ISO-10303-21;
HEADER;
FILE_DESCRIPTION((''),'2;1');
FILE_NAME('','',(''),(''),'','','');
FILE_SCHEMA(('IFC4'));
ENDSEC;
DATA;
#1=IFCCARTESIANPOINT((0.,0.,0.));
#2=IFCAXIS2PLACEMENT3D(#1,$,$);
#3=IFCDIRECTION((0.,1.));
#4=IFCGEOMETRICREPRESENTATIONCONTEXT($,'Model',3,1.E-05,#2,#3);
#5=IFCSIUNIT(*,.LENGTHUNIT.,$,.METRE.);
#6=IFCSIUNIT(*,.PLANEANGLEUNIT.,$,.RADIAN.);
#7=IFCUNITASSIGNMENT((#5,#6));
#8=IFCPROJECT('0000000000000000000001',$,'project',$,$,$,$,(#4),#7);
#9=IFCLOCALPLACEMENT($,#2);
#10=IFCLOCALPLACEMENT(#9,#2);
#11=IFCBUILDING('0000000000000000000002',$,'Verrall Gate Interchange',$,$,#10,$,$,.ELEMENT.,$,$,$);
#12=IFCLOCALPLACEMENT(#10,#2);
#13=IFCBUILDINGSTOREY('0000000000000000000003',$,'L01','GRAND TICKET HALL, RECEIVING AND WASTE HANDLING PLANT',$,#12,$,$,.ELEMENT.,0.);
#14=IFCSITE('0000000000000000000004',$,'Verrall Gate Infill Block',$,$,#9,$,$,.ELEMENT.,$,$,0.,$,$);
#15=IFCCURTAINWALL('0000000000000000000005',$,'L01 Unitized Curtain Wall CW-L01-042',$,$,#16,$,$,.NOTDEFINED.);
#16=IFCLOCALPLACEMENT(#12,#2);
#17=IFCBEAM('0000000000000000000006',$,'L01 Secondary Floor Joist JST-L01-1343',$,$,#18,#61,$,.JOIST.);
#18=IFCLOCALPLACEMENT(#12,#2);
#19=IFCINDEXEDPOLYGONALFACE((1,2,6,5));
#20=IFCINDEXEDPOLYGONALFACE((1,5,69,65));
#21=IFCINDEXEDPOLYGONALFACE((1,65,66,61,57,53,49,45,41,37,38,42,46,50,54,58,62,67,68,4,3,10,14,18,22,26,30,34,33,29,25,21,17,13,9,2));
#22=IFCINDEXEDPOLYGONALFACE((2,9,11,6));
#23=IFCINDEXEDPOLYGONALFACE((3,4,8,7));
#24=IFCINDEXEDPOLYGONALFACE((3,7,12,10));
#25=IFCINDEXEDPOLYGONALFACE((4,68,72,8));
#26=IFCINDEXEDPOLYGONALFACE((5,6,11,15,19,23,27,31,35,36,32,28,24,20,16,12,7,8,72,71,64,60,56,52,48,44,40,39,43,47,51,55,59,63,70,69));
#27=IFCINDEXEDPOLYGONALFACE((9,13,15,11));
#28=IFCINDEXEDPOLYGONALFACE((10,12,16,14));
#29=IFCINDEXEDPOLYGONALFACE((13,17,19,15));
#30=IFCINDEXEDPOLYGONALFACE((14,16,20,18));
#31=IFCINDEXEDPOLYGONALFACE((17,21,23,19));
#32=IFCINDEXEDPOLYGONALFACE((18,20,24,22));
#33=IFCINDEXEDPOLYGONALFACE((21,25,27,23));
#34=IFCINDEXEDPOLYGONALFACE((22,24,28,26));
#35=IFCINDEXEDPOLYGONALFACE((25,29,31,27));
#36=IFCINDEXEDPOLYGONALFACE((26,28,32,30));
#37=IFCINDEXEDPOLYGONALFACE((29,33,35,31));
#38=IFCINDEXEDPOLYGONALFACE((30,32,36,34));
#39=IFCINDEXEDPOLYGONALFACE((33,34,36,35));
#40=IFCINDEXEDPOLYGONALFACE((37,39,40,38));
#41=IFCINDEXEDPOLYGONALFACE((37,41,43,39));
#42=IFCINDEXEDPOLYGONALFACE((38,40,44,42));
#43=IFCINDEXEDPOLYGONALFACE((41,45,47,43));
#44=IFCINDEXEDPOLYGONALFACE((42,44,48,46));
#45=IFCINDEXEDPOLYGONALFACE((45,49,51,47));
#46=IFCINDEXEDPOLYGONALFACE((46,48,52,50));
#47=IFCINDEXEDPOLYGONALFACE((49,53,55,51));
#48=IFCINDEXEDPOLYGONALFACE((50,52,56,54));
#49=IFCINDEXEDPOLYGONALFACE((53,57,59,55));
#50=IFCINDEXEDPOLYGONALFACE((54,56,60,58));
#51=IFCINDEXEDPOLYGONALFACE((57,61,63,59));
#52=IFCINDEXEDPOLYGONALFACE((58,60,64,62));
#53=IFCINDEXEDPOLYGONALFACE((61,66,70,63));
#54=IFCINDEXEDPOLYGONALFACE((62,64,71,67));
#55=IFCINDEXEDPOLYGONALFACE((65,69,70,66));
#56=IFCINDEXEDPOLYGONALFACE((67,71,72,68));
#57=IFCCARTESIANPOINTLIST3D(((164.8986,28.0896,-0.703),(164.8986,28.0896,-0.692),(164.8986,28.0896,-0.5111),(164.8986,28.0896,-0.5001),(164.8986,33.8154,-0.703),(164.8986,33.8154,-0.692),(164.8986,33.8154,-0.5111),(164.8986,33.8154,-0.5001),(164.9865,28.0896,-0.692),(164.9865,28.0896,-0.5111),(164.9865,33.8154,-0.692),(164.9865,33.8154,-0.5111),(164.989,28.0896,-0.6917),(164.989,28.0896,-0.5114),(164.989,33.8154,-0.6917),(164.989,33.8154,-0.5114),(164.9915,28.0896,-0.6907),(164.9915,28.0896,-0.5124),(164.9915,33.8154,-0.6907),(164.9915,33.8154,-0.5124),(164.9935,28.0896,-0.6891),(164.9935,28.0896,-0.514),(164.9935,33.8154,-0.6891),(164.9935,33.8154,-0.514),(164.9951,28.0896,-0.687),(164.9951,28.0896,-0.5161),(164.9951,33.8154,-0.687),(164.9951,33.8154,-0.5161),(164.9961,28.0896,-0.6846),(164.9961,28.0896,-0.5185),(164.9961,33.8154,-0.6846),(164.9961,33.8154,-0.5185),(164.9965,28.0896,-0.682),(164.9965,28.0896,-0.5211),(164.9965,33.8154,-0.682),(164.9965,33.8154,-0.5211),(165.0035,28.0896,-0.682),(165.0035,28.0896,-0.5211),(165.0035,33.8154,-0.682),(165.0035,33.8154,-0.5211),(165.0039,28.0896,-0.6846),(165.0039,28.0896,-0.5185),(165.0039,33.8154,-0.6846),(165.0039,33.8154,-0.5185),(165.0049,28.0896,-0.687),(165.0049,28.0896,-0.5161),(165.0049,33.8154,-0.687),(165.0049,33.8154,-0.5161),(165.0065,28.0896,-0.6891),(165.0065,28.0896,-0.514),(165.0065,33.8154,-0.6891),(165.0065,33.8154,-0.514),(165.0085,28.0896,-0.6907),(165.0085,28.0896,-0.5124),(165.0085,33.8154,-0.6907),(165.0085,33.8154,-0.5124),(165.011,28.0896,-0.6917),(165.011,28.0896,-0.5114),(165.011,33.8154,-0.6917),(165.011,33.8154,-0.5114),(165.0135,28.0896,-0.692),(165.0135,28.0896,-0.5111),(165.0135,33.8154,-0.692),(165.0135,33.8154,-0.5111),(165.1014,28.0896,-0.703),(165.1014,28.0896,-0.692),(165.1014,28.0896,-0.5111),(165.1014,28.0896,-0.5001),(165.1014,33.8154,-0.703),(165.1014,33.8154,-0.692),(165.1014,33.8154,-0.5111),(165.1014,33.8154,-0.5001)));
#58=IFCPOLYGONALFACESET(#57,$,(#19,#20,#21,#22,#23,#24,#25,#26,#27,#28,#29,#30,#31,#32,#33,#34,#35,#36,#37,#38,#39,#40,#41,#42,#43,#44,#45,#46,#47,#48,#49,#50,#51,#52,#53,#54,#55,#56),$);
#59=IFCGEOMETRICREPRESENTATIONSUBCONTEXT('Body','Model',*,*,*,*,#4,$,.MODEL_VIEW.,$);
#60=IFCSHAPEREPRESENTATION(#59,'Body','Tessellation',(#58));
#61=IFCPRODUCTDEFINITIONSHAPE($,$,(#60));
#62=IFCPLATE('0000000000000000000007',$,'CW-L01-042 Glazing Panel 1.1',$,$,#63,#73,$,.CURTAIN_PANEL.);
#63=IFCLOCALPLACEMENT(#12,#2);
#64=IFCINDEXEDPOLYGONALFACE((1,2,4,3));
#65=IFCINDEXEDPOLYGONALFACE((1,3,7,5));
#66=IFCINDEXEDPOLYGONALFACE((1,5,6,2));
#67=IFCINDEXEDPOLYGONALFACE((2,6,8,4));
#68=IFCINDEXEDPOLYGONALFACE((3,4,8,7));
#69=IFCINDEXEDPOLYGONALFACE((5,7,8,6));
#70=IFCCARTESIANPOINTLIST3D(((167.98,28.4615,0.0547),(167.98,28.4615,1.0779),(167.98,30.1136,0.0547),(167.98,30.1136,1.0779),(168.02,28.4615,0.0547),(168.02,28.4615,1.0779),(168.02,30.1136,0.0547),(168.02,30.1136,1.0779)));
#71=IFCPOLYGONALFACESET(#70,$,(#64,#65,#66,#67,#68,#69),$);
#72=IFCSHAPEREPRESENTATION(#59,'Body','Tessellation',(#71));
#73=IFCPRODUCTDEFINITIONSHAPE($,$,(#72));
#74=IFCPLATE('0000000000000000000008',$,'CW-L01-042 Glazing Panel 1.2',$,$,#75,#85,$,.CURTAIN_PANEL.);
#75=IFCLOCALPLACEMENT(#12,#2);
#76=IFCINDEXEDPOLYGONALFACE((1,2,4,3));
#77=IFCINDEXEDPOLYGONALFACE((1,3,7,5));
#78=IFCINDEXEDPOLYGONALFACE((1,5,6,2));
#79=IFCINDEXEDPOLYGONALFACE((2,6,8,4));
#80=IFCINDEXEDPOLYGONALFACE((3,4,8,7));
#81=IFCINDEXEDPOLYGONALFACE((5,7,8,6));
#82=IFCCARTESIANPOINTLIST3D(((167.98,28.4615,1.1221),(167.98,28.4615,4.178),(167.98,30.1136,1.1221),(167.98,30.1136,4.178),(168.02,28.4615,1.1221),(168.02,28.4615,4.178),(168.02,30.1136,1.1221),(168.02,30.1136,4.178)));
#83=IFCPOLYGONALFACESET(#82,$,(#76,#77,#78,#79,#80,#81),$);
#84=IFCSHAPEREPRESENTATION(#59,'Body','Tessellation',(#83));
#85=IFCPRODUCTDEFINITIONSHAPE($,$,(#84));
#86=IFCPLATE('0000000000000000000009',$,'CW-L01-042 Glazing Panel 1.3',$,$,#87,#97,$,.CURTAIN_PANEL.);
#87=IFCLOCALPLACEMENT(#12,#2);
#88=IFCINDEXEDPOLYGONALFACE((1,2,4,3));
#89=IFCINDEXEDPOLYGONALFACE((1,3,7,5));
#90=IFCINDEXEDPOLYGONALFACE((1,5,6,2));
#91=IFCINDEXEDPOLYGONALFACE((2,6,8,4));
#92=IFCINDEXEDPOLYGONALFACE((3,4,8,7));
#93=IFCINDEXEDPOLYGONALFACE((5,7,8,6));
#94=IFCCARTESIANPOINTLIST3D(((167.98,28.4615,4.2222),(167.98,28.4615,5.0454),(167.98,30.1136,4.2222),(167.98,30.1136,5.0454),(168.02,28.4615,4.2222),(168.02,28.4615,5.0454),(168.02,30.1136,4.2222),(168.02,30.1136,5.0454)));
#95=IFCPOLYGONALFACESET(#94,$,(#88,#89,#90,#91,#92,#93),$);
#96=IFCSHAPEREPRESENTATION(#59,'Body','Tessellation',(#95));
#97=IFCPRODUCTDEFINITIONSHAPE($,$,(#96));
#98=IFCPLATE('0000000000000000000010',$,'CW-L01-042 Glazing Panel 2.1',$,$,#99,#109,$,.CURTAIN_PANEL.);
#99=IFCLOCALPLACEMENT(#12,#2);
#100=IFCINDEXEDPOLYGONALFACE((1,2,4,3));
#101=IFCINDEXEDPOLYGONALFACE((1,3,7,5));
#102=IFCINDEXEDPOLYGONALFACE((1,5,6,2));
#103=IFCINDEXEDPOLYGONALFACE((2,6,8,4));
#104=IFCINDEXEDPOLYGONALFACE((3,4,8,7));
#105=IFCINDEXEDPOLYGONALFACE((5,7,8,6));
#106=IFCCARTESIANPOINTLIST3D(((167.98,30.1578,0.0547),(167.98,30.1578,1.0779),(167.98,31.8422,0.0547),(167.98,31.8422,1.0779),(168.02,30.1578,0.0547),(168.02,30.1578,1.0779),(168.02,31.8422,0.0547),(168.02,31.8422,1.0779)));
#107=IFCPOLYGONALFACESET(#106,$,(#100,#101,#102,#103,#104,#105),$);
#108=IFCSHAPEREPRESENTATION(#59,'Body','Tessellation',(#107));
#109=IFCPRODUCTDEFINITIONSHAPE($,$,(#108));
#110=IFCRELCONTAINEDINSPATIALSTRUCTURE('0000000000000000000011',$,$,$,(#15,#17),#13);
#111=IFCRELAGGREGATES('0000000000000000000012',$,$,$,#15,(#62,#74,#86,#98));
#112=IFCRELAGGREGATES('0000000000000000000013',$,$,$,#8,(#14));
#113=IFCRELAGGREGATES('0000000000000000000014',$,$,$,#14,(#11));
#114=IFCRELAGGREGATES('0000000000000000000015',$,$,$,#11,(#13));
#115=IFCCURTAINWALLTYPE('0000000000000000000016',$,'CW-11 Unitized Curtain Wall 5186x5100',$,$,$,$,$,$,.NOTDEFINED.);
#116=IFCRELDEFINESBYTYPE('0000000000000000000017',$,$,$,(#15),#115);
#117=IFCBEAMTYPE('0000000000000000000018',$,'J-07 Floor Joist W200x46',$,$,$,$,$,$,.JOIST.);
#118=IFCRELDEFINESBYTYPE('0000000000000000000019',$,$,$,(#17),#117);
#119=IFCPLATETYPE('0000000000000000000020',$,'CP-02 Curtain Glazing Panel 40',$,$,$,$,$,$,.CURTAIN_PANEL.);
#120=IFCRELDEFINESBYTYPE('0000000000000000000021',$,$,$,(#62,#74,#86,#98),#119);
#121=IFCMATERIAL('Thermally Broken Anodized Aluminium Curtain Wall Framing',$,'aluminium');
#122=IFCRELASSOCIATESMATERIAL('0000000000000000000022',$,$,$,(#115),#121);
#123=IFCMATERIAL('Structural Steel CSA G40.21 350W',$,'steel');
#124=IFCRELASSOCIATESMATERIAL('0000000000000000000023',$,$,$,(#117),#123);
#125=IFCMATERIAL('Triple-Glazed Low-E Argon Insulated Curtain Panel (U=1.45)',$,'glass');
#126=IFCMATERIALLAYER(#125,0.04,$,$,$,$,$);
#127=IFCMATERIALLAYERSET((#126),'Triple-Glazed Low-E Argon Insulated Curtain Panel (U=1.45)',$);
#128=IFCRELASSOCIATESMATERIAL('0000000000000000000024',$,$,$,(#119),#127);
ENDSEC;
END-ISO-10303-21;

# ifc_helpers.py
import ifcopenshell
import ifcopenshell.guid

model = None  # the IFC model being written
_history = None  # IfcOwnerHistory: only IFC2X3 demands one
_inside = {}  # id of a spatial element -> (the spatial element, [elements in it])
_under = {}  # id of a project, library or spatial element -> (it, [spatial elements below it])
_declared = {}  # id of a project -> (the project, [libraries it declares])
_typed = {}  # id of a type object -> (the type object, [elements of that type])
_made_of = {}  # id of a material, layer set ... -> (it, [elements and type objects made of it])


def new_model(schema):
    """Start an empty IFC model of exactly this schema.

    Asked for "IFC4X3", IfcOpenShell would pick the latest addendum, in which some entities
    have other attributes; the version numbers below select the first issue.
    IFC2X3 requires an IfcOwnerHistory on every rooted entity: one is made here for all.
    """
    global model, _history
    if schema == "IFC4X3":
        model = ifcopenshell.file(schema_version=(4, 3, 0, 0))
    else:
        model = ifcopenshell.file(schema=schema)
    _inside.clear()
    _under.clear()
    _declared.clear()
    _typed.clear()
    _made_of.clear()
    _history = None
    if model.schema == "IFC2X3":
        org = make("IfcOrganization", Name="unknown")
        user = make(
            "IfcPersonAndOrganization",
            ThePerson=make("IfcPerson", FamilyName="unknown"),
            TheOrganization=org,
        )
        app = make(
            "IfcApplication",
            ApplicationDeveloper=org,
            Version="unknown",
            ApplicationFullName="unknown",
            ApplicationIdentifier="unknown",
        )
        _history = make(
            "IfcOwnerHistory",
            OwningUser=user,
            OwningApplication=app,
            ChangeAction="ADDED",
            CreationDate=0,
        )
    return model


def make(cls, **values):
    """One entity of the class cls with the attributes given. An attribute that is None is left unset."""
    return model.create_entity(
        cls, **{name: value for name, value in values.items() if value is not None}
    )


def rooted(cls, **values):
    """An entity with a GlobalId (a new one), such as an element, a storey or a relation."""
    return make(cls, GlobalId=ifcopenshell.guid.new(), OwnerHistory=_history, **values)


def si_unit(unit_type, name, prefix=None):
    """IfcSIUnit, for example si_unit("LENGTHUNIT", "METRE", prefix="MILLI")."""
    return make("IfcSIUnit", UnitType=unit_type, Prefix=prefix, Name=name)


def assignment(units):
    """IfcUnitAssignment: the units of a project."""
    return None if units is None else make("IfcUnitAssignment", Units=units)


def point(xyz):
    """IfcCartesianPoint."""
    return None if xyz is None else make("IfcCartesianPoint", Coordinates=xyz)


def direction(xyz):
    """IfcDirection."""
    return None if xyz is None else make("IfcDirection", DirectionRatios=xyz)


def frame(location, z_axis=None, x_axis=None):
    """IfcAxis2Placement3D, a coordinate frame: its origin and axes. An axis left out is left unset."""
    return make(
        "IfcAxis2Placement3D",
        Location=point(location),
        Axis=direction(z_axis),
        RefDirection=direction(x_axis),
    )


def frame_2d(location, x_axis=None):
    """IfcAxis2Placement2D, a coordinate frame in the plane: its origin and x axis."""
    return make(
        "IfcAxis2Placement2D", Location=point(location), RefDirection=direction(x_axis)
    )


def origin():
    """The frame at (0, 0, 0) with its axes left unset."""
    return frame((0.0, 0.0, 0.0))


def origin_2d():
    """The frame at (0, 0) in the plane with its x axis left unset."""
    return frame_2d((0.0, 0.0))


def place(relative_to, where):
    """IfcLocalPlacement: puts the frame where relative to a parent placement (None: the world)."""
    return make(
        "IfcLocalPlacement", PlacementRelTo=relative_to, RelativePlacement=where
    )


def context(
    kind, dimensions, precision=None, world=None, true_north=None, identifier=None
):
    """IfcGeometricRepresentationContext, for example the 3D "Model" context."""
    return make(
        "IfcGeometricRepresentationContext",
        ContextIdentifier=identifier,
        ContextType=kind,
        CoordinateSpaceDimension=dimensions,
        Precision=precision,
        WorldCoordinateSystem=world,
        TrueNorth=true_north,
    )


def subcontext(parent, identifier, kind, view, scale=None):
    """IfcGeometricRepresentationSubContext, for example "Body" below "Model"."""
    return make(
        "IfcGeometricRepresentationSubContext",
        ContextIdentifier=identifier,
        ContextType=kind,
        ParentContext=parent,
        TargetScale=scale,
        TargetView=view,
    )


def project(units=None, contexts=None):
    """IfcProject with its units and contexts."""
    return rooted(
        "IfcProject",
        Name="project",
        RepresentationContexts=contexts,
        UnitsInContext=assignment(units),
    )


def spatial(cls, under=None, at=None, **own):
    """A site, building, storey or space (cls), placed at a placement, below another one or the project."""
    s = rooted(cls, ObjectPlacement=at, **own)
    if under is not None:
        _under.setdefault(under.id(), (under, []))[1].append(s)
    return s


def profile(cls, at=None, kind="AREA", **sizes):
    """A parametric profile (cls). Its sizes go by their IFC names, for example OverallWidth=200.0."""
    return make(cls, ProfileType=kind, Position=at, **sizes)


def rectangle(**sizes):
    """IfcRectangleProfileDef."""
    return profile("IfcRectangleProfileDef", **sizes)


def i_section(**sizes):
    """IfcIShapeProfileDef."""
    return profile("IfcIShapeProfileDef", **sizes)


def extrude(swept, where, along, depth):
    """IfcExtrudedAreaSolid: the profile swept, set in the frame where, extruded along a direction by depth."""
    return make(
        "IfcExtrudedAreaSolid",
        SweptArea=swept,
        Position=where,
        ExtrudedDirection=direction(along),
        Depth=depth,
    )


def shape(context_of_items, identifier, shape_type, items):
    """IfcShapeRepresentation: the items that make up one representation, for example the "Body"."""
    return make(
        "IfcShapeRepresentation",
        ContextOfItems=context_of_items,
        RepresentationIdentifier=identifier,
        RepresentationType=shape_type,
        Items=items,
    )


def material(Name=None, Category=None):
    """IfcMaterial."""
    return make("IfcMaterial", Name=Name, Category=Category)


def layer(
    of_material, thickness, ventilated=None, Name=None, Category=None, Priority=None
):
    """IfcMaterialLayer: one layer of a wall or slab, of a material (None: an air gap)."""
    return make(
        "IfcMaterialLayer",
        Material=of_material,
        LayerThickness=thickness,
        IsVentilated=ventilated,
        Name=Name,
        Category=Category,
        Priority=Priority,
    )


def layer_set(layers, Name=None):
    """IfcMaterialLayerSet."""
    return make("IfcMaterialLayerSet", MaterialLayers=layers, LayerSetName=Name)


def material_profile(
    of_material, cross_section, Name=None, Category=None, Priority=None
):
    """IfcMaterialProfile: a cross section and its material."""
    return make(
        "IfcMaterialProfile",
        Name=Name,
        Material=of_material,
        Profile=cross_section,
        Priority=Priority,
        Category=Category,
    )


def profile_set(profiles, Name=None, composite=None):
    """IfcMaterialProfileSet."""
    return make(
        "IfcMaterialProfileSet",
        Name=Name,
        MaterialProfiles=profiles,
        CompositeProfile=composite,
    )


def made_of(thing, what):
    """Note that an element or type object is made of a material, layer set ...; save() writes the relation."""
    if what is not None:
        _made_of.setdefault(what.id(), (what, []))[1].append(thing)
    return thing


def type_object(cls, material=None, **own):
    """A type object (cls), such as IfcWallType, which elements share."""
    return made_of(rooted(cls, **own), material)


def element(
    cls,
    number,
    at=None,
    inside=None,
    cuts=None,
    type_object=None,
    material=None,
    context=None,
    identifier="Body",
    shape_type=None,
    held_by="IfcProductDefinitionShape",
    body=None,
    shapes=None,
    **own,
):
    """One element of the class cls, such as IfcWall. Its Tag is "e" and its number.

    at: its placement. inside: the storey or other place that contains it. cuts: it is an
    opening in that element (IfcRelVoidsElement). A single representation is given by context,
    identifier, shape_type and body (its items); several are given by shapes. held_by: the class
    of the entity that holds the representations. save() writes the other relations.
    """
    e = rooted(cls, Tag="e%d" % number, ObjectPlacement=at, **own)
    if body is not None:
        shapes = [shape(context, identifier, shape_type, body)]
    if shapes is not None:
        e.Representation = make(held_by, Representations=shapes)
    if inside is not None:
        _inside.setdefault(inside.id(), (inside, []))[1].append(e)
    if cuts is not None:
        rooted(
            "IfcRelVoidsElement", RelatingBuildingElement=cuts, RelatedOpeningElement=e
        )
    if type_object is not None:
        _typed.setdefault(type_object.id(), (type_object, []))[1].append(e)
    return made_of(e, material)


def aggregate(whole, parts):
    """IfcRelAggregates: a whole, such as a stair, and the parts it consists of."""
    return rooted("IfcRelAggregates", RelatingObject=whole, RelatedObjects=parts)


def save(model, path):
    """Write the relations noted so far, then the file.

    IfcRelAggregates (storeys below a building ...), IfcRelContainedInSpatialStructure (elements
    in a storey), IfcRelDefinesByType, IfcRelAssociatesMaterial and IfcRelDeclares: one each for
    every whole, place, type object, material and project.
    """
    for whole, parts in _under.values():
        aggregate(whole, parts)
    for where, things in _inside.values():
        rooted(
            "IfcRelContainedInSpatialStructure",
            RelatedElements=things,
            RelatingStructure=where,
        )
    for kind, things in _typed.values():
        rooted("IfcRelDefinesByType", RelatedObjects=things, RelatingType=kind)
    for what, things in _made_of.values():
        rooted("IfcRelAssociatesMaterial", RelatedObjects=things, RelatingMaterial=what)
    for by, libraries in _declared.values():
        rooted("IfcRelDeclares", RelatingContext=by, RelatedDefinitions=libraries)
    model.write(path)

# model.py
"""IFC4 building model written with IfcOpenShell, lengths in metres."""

from ifc_helpers import new_model, si_unit, direction, frame, origin, origin_2d, place, context, subcontext, project, spatial, rectangle, i_section, extrude, material, layer, layer_set, material_profile, profile_set, type_object, element, aggregate, save


model = new_model("IFC4")

# Units and contexts
model_context = context("Model", 3, precision=1e-05, world=origin(), true_north=direction((0.0, 1.0)))
body_context = subcontext(model_context, "Body", "Model", "MODEL_VIEW")
ifc_project = project(units=[si_unit("LENGTHUNIT", "METRE"), si_unit("PLANEANGLEUNIT", "RADIAN")], contexts=[model_context])

# Site, building, storey
site_placement = place(None, origin())
site = spatial("IfcSite", under=ifc_project, at=site_placement, Name="Verrall Gate Infill Block", CompositionType="ELEMENT", RefElevation=0.0)
building_placement = place(site_placement, origin())
building = spatial("IfcBuilding", under=site, at=building_placement, Name="Verrall Gate Interchange", CompositionType="ELEMENT")
storey_placement = place(building_placement, origin())
storey = spatial("IfcBuildingStorey", under=building, at=storey_placement, Name="L01", Description="GRAND TICKET HALL, RECEIVING AND WASTE HANDLING PLANT", CompositionType="ELEMENT", Elevation=0.0)

# Curtain wall
ifc_material_1 = material(Name="Thermally Broken Anodized Aluminium Curtain Wall Framing", Category="aluminium")
curtain_wall_type = type_object("IfcCurtainWallType", Name="CW-11 Unitized Curtain Wall 5186x5100", PredefinedType="NOTDEFINED", material=ifc_material_1)
curtain_wall_placement = place(storey_placement, origin())
curtain_wall = element("IfcCurtainWall", 1, at=curtain_wall_placement, inside=storey, type_object=curtain_wall_type, Name="L01 Unitized Curtain Wall CW-L01-042", PredefinedType="NOTDEFINED")

# Beam
ifc_material_2 = material(Name="Structural Steel CSA G40.21 350W", Category="steel")
ifc_material_profile_1 = material_profile(ifc_material_2, i_section(OverallWidth=0.2029, OverallDepth=0.2029, WebThickness=0.0071, FlangeThickness=0.011, FilletRadius=0.01, at=origin_2d()), Name="W200x46")
ifc_profile_set_1 = profile_set([ifc_material_profile_1], Name="Structural Steel CSA G40.21 350W")
beam_type_1 = type_object("IfcBeamType", Name="J-07 Floor Joist W200x46", PredefinedType="JOIST", material=ifc_profile_set_1)
beam_1_placement = place(storey_placement, frame((165.0, 28.0896, -0.6016), z_axis=(0.0, 1.0, 0.0), x_axis=(-1.0, 0.0, 0.0)))
element("IfcBeam", 2, at=beam_1_placement, inside=storey, type_object=beam_type_1, Name="L01 Secondary Floor Joist JST-L01-1343", PredefinedType="JOIST", context=body_context, shape_type="SweptSolid", body=[
    extrude(i_section(OverallWidth=0.2029, OverallDepth=0.2029, WebThickness=0.0071, FlangeThickness=0.011, FilletRadius=0.01, at=origin_2d()), origin(), (0.0, 0.0, 1.0), 5.7258),
])

# Plates
ifc_material_3 = material(Name="Triple-Glazed Low-E Argon Insulated Curtain Panel (U=1.45)", Category="glass")
ifc_layer = layer(ifc_material_3, 0.04)
ifc_layer_set = layer_set([ifc_layer], Name="Triple-Glazed Low-E Argon Insulated Curtain Panel (U=1.45)")
plate_type = type_object("IfcPlateType", Name="CP-02 Curtain Glazing Panel 40", PredefinedType="CURTAIN_PANEL", material=ifc_layer_set)
plate_1_placement = place(storey_placement, frame((168.0, 29.2876, 0.0547), z_axis=(0.0, 0.0, 1.0), x_axis=(0.0, 1.0, 0.0)))
plate_1 = element("IfcPlate", 3, at=plate_1_placement, type_object=plate_type, Name="CW-L01-042 Glazing Panel 1.1", PredefinedType="CURTAIN_PANEL", context=body_context, shape_type="SweptSolid", body=[
    extrude(rectangle(XDim=1.6521, YDim=0.04, at=origin_2d()), origin(), (0.0, 0.0, 1.0), 1.0232),
])
plate_2_placement = place(storey_placement, frame((168.0, 29.2876, 1.1221), z_axis=(0.0, 0.0, 1.0), x_axis=(0.0, 1.0, 0.0)))
plate_2 = element("IfcPlate", 4, at=plate_2_placement, type_object=plate_type, Name="CW-L01-042 Glazing Panel 1.2", PredefinedType="CURTAIN_PANEL", context=body_context, shape_type="SweptSolid", body=[
    extrude(rectangle(XDim=1.6521, YDim=0.04, at=origin_2d()), origin(), (0.0, 0.0, 1.0), 3.0559),
])
plate_3_placement = place(storey_placement, frame((168.0, 29.2876, 4.2222), z_axis=(0.0, 0.0, 1.0), x_axis=(0.0, 1.0, 0.0)))
plate_3 = element("IfcPlate", 5, at=plate_3_placement, type_object=plate_type, Name="CW-L01-042 Glazing Panel 1.3", PredefinedType="CURTAIN_PANEL", context=body_context, shape_type="SweptSolid", body=[
    extrude(rectangle(XDim=1.6521, YDim=0.04, at=origin_2d()), origin(), (0.0, 0.0, 1.0), 0.8232),
])
plate_4_placement = place(storey_placement, frame((168.0, 31.0, 0.0547), z_axis=(0.0, 0.0, 1.0), x_axis=(0.0, 1.0, 0.0)))
plate_4 = element("IfcPlate", 6, at=plate_4_placement, type_object=plate_type, Name="CW-L01-042 Glazing Panel 2.1", PredefinedType="CURTAIN_PANEL", context=body_context, shape_type="SweptSolid", body=[
    extrude(rectangle(XDim=1.6843, YDim=0.04, at=origin_2d()), origin(), (0.0, 0.0, 1.0), 1.0232),
])
aggregate(curtain_wall, [plate_1, plate_2, plate_3, plate_4])

save(model, "model.ifc")
